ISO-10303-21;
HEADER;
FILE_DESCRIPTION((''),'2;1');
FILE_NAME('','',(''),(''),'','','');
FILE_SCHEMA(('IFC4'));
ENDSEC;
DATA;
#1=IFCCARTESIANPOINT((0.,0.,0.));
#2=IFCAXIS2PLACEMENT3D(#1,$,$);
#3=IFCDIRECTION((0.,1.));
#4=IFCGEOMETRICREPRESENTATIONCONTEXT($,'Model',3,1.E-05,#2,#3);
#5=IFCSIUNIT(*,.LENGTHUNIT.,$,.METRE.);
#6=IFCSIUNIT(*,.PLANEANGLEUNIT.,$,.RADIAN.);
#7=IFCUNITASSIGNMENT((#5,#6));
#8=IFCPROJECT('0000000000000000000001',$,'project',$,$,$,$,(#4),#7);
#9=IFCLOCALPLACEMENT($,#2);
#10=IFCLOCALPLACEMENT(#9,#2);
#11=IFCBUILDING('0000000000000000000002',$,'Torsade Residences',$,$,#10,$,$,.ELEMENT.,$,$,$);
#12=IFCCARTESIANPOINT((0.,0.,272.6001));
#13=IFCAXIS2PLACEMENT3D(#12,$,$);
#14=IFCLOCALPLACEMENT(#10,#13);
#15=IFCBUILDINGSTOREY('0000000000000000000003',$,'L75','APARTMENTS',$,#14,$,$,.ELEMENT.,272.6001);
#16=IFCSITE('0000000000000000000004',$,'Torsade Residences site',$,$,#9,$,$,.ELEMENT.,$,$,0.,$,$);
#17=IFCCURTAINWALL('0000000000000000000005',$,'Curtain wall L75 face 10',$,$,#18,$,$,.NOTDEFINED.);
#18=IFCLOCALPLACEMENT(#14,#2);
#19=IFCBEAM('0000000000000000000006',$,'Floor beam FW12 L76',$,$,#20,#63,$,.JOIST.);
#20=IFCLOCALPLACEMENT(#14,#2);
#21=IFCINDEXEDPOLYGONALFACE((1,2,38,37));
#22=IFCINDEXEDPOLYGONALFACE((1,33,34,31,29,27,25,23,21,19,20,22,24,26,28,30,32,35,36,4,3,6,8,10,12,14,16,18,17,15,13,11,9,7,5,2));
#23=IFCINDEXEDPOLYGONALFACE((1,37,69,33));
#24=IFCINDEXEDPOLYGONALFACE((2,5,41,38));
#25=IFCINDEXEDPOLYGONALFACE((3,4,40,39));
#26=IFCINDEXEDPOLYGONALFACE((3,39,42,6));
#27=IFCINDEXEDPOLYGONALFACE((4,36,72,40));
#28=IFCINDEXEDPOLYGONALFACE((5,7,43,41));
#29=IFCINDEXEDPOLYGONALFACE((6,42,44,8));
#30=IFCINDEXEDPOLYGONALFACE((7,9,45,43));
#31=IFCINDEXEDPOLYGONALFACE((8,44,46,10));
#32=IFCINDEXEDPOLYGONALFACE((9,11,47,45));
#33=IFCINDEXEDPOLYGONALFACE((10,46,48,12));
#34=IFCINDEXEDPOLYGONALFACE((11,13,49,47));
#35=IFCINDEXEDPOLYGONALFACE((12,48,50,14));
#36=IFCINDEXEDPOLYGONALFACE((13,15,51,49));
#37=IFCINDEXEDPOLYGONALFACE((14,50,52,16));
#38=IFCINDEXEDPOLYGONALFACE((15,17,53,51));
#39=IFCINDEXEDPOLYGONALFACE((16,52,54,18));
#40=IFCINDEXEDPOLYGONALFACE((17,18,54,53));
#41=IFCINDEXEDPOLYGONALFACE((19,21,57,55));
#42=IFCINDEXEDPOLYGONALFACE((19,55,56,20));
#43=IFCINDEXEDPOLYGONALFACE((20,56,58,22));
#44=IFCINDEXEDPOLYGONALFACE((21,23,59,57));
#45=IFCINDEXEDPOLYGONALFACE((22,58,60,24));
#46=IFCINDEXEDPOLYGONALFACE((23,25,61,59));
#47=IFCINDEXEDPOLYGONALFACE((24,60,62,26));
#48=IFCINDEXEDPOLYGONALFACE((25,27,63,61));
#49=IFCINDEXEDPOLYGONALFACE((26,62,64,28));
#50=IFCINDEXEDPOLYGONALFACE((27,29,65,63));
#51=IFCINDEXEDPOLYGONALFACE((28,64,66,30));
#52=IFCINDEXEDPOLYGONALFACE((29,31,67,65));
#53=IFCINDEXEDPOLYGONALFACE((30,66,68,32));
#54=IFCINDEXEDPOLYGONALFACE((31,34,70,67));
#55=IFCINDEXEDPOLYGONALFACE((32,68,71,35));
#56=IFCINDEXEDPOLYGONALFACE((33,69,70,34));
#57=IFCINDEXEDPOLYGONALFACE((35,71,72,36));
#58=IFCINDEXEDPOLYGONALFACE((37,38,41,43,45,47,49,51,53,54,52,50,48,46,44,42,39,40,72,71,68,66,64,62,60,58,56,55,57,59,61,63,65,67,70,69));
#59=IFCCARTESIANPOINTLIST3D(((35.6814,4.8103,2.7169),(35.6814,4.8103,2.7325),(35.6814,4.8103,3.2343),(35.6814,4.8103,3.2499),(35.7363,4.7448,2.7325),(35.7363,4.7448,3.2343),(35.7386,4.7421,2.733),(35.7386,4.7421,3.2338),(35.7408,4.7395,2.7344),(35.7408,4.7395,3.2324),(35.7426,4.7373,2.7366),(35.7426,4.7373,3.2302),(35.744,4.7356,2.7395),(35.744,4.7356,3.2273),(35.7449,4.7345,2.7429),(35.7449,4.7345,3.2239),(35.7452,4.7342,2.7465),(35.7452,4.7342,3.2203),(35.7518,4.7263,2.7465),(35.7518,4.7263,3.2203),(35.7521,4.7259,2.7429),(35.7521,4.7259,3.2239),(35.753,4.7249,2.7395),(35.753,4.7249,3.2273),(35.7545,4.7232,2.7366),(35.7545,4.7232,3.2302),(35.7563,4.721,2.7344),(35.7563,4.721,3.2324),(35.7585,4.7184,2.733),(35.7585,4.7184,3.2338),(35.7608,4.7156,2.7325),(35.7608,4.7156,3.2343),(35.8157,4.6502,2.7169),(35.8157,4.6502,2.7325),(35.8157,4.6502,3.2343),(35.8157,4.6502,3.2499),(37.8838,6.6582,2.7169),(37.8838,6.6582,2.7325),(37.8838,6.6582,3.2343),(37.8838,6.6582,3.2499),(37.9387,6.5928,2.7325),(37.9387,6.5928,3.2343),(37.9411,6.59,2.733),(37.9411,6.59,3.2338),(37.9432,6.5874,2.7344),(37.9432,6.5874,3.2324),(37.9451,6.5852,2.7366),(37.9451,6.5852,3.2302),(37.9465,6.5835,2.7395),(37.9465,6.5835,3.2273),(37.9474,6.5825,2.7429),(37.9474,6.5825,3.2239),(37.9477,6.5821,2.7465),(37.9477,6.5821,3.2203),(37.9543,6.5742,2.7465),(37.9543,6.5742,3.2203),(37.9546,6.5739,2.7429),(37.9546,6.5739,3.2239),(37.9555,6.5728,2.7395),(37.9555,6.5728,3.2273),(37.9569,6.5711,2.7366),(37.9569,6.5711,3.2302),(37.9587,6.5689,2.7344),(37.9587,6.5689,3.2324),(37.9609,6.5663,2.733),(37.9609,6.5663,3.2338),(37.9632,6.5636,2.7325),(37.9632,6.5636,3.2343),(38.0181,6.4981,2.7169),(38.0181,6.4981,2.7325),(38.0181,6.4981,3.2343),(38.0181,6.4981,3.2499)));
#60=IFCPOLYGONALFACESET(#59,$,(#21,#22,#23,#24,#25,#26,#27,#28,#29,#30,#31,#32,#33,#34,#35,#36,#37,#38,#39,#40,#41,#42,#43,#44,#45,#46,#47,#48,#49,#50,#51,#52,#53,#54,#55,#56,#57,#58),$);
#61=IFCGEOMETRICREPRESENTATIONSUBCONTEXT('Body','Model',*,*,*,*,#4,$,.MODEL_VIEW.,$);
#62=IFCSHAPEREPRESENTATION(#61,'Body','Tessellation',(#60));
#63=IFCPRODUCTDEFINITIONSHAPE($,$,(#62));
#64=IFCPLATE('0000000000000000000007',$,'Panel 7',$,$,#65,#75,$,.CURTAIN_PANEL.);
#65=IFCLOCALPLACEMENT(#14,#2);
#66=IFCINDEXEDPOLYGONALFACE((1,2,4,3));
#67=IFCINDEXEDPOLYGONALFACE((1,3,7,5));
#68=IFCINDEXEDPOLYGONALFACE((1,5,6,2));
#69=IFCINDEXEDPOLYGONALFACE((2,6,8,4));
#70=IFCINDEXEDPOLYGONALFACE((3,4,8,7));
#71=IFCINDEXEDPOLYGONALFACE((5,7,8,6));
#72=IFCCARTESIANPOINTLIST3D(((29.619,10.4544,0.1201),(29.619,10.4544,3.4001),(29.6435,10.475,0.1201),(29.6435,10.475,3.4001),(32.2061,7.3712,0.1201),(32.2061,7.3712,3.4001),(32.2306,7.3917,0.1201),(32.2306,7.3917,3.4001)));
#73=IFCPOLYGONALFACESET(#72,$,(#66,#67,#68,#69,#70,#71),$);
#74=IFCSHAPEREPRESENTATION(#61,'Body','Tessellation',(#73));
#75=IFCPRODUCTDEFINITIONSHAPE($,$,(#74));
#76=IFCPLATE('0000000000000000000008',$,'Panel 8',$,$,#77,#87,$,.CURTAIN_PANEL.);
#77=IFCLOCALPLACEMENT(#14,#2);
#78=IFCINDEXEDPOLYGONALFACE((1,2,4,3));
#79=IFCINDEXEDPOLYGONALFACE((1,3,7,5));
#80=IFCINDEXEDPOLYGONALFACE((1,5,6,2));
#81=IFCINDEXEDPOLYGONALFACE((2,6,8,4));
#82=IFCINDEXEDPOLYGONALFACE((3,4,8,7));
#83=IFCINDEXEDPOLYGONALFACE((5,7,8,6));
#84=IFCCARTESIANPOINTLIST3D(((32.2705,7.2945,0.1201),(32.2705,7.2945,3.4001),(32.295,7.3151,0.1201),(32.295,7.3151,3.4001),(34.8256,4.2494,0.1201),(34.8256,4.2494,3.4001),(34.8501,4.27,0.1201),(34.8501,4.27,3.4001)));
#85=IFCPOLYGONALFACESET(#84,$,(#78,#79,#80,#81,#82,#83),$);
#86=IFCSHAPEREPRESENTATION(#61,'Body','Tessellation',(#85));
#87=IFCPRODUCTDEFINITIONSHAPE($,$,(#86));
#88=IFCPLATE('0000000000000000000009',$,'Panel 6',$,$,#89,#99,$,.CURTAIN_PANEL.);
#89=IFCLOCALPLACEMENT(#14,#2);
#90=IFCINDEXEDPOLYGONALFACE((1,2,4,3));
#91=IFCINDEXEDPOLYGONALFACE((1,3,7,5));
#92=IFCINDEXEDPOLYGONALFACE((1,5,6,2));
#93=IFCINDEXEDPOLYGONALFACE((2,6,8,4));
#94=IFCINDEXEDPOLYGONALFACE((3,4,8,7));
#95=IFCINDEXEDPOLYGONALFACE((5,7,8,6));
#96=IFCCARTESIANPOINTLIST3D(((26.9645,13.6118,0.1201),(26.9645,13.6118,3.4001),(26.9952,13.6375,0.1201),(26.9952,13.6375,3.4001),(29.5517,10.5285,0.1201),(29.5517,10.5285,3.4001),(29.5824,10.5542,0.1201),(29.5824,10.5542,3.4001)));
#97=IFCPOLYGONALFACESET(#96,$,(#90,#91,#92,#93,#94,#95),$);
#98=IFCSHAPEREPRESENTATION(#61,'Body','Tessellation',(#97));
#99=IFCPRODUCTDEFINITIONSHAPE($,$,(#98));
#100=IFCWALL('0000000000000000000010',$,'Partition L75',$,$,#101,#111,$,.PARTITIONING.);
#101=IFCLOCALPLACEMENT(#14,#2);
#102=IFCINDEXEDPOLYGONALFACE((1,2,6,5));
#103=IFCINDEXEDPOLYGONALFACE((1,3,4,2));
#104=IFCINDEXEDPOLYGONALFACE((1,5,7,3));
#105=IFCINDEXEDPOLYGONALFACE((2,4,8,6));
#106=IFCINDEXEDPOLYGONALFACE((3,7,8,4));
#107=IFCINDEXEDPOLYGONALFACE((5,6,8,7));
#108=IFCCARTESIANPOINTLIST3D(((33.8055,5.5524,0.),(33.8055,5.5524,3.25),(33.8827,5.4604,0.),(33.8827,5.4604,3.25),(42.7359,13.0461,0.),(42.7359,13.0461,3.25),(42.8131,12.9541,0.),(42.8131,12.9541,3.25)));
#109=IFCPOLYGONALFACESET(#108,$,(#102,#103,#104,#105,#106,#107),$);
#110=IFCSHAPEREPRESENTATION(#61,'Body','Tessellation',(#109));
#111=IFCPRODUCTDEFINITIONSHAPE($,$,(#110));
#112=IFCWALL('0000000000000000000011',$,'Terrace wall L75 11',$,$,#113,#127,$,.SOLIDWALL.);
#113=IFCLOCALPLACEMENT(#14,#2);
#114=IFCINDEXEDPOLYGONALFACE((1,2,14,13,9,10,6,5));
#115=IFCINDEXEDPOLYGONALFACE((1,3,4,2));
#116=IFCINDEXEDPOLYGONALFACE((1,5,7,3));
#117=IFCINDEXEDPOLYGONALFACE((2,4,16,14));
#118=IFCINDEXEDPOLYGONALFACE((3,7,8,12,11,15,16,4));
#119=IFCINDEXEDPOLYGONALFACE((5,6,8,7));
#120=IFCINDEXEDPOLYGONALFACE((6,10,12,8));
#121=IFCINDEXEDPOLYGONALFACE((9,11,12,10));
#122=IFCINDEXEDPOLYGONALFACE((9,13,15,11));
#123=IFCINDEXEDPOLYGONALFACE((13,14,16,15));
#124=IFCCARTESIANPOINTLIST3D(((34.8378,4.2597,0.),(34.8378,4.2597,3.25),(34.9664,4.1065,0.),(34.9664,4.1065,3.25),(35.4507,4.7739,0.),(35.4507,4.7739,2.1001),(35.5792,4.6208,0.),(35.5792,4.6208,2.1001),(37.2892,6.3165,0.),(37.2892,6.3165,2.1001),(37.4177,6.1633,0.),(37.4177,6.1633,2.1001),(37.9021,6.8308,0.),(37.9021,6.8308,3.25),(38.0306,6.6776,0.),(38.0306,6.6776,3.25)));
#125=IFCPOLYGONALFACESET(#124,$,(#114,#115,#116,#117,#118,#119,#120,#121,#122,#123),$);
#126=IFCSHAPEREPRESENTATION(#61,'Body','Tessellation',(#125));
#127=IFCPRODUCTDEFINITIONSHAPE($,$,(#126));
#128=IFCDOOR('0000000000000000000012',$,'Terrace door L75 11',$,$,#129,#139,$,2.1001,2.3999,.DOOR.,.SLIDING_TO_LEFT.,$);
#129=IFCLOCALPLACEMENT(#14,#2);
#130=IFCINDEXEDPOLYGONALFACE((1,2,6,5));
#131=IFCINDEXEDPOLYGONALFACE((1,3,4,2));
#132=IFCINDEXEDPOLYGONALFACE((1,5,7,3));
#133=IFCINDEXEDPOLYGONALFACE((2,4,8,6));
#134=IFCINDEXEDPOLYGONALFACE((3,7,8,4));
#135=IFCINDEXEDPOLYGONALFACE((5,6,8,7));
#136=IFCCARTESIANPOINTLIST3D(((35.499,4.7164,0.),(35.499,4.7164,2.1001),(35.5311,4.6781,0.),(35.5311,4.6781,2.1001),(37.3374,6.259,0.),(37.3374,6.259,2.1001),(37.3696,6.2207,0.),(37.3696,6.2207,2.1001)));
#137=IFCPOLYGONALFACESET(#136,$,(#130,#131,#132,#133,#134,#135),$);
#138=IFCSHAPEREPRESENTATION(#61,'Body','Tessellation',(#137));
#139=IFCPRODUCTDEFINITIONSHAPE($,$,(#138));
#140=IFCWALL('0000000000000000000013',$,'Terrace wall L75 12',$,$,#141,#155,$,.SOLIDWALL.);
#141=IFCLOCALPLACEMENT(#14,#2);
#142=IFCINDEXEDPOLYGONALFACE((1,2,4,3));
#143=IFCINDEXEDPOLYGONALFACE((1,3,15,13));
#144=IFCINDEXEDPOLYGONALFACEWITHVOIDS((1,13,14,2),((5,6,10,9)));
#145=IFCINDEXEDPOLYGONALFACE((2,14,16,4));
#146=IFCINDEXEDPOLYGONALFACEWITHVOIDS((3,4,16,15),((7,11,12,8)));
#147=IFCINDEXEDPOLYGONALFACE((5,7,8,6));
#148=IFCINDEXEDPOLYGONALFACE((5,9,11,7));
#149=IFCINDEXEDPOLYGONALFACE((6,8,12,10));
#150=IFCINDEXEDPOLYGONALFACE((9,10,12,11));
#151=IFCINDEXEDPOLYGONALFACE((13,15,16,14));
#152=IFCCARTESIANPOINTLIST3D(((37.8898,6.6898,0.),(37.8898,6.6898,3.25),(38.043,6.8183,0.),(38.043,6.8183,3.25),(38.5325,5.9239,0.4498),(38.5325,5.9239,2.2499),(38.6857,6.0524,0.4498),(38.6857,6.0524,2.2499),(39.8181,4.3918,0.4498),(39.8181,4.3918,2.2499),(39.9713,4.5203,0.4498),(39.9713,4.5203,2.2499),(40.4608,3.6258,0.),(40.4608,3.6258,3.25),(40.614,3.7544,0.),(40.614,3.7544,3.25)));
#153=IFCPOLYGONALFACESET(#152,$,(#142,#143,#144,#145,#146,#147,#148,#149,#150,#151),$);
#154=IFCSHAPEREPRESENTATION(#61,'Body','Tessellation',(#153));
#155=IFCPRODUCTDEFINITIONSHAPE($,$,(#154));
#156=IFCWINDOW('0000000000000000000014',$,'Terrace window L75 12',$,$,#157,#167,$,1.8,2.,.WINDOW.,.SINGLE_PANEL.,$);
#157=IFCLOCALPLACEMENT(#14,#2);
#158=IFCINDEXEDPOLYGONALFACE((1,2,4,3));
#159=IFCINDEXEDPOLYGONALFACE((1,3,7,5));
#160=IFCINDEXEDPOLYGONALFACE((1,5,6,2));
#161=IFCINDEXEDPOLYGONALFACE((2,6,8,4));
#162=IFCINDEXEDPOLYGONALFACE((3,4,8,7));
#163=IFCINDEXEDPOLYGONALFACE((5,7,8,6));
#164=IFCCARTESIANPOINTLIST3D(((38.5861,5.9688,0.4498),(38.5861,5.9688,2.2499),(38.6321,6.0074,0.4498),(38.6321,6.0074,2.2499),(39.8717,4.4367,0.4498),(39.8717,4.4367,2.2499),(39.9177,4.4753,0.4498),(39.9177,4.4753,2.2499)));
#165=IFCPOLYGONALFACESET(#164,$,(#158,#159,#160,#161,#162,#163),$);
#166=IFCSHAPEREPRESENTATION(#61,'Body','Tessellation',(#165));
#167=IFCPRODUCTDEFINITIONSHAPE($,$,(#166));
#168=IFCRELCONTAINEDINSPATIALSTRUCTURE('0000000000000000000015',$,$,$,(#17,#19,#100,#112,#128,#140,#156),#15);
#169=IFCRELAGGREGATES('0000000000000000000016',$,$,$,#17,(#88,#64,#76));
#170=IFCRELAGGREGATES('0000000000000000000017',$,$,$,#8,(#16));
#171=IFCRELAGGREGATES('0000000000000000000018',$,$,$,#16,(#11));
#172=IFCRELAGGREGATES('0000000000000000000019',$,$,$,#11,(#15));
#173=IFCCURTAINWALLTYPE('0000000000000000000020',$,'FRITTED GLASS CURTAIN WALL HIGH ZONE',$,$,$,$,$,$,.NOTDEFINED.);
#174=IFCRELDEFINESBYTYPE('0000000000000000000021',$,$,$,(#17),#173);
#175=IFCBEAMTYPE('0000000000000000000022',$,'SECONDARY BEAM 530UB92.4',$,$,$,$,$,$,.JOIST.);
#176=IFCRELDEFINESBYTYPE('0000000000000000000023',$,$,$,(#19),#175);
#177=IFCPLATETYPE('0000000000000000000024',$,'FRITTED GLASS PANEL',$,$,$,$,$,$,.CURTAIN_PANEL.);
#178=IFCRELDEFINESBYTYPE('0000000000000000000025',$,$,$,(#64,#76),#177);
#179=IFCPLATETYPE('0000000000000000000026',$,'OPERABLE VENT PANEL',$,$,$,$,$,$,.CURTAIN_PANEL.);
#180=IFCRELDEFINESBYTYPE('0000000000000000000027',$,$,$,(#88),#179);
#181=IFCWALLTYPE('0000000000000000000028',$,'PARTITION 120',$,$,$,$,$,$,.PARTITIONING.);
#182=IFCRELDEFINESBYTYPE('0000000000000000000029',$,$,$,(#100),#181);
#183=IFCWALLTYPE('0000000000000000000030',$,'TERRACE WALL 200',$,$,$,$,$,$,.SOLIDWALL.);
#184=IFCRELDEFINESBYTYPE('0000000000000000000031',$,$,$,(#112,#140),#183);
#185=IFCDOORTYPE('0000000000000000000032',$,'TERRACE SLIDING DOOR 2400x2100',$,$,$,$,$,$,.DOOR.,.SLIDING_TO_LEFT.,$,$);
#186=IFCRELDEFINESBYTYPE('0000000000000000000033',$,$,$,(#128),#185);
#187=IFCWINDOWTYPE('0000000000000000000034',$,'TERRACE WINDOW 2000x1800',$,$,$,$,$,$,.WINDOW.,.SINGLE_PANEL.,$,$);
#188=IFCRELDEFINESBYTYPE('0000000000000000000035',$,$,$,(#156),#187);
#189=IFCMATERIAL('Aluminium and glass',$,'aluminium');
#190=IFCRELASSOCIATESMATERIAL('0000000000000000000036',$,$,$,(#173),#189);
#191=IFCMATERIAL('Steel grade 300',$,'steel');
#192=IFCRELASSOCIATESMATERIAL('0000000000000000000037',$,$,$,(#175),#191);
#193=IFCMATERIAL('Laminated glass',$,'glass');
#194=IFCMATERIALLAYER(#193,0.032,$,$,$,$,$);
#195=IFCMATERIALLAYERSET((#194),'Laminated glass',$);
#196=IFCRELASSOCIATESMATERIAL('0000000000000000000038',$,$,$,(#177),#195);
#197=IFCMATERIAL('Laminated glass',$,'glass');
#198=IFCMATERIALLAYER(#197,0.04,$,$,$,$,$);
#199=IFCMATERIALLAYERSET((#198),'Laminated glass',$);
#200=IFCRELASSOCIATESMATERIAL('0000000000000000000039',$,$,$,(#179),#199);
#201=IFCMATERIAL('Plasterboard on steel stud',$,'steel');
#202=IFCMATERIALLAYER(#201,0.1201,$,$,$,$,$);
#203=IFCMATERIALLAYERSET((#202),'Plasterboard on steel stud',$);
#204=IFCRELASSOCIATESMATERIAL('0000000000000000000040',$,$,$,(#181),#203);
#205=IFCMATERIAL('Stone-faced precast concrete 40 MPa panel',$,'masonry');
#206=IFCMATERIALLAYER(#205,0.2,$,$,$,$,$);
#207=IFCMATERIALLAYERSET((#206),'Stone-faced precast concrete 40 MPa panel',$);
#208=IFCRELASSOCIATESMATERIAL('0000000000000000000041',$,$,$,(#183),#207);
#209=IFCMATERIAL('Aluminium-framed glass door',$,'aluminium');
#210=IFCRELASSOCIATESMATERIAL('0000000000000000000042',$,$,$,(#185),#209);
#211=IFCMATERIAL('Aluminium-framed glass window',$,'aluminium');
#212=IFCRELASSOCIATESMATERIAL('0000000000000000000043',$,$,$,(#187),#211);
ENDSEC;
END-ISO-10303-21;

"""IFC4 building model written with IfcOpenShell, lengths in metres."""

from ifc_helpers import new_model, si_unit, direction, frame, frame_2d, origin, origin_2d, place, context, subcontext, project, spatial, rectangle, i_section, extrude, material, layer, layer_set, material_profile, profile_set, type_object, element, fill, aggregate, save


model = new_model("IFC4")

# Units and contexts
model_context = context("Model", 3, precision=1e-05, world=origin(), true_north=direction((0.0, 1.0)))
body_context = subcontext(model_context, "Body", "Model", "MODEL_VIEW")
ifc_project = project(units=[si_unit("LENGTHUNIT", "METRE"), si_unit("PLANEANGLEUNIT", "RADIAN")], contexts=[model_context])

# Site, building, storey
site_placement = place(None, origin())
site = spatial("IfcSite", under=ifc_project, at=site_placement, Name="Torsade Residences site", CompositionType="ELEMENT", RefElevation=0.0)
building_placement = place(site_placement, origin())
building = spatial("IfcBuilding", under=site, at=building_placement, Name="Torsade Residences", CompositionType="ELEMENT")
storey_placement = place(building_placement, frame((0.0, 0.0, 272.6001)))
storey = spatial("IfcBuildingStorey", under=building, at=storey_placement, Name="L75", Description="APARTMENTS", CompositionType="ELEMENT", Elevation=272.6001)

# Curtain wall
ifc_material_1 = material(Name="Aluminium and glass", Category="aluminium")
curtain_wall_type = type_object("IfcCurtainWallType", Name="FRITTED GLASS CURTAIN WALL HIGH ZONE", PredefinedType="NOTDEFINED", material=ifc_material_1)
curtain_wall_placement = place(storey_placement, origin())
curtain_wall = element("IfcCurtainWall", 1, at=curtain_wall_placement, inside=storey, type_object=curtain_wall_type, Name="Curtain wall L75 face 10", PredefinedType="NOTDEFINED")

# Beam
ifc_material_2 = material(Name="Steel grade 300", Category="steel")
ifc_material_profile_1 = material_profile(ifc_material_2, i_section(OverallWidth=0.209, OverallDepth=0.533, WebThickness=0.0103, FlangeThickness=0.0156, FilletRadius=0.0139, at=origin_2d()), Name="530UB92.4")
ifc_profile_set_1 = profile_set([ifc_material_profile_1], Name="Steel grade 300")
beam_type_1 = type_object("IfcBeamType", Name="SECONDARY BEAM 530UB92.4", PredefinedType="JOIST", material=ifc_profile_set_1)
beam_1_placement = place(storey_placement, frame((35.7485, 4.7302, 2.9834), z_axis=(0.766066, 0.642762, 0.0), x_axis=(-0.642762, 0.766066, 0.0)))
element("IfcBeam", 2, at=beam_1_placement, inside=storey, type_object=beam_type_1, Name="Floor beam FW12 L76", PredefinedType="JOIST", context=body_context, shape_type="SweptSolid", body=[
    extrude(i_section(OverallWidth=0.209, OverallDepth=0.533, WebThickness=0.0103, FlangeThickness=0.0156, FilletRadius=0.0139, at=origin_2d()), origin(), (0.0, 0.0, 1.0), 2.875),
])

# Plates
ifc_material_3 = material(Name="Laminated glass", Category="glass")
ifc_layer_1 = layer(ifc_material_3, 0.032)
ifc_layer_set_1 = layer_set([ifc_layer_1], Name="Laminated glass")
plate_type_1 = type_object("IfcPlateType", Name="FRITTED GLASS PANEL", PredefinedType="CURTAIN_PANEL", material=ifc_layer_set_1)
plate_1_placement = place(storey_placement, frame((30.9248, 8.9231, 0.1201), z_axis=(0.0, 0.0, 1.0), x_axis=(0.642788, -0.766044, 0.0)))
plate_1 = element("IfcPlate", 3, at=plate_1_placement, type_object=plate_type_1, Name="Panel 7", PredefinedType="CURTAIN_PANEL", context=body_context, shape_type="SweptSolid", body=[
    extrude(rectangle(XDim=4.0249, YDim=0.032, at=origin_2d()), origin(), (0.0, 0.0, 1.0), 3.28),
])
plate_2_placement = place(storey_placement, frame((33.5603, 5.7822, 0.1201), z_axis=(0.0, 0.0, 1.0), x_axis=(0.642788, -0.766044, 0.0)))
plate_2 = element("IfcPlate", 4, at=plate_2_placement, type_object=plate_type_1, Name="Panel 8", PredefinedType="CURTAIN_PANEL", context=body_context, shape_type="SweptSolid", body=[
    extrude(rectangle(XDim=3.9751, YDim=0.032, at=origin_2d()), origin(), (0.0, 0.0, 1.0), 3.28),
])
ifc_material_4 = material(Name="Laminated glass", Category="glass")
ifc_layer_2 = layer(ifc_material_4, 0.04)
ifc_layer_set_2 = layer_set([ifc_layer_2], Name="Laminated glass")
plate_type_2 = type_object("IfcPlateType", Name="OPERABLE VENT PANEL", PredefinedType="CURTAIN_PANEL", material=ifc_layer_set_2)
plate_3_placement = place(storey_placement, frame((28.2734, 12.083, 0.1201), z_axis=(0.0, 0.0, 1.0), x_axis=(0.642788, -0.766044, 0.0)))
plate_3 = element("IfcPlate", 5, at=plate_3_placement, type_object=plate_type_2, Name="Panel 6", PredefinedType="CURTAIN_PANEL", context=body_context, shape_type="SweptSolid", body=[
    extrude(rectangle(XDim=4.0249, YDim=0.04, at=origin_2d()), origin(), (0.0, 0.0, 1.0), 3.28),
])
aggregate(curtain_wall, [plate_3, plate_1, plate_2])

# Wall
ifc_material_5 = material(Name="Plasterboard on steel stud", Category="steel")
ifc_layer_3 = layer(ifc_material_5, 0.1201)
ifc_layer_set_3 = layer_set([ifc_layer_3], Name="Plasterboard on steel stud")
wall_type_1 = type_object("IfcWallType", Name="PARTITION 120", PredefinedType="PARTITIONING", material=ifc_layer_set_3)
wall_1_placement = place(storey_placement, frame((33.844, 5.5063, 0.0), z_axis=(0.0, 0.0, 1.0), x_axis=(0.766039, 0.642795, 0.0)))
element("IfcWall", 6, at=wall_1_placement, inside=storey, type_object=wall_type_1, Name="Partition L75", PredefinedType="PARTITIONING", context=body_context, shape_type="SweptSolid", body=[
    extrude(rectangle(XDim=11.658, YDim=0.1201, at=frame_2d((5.8291, 0.0))), origin(), (0.0, 0.0, 1.0), 3.25),
])

# Wall, opening, door
ifc_material_6 = material(Name="Stone-faced precast concrete 40 MPa panel", Category="masonry")
ifc_layer_4 = layer(ifc_material_6, 0.2)
ifc_layer_set_4 = layer_set([ifc_layer_4], Name="Stone-faced precast concrete 40 MPa panel")
wall_type_2 = type_object("IfcWallType", Name="TERRACE WALL 200", PredefinedType="SOLIDWALL", material=ifc_layer_set_4)
wall_2_placement = place(storey_placement, frame((34.9021, 4.1831, 0.0), z_axis=(0.0, 0.0, 1.0), x_axis=(0.766061, 0.642768, 0.0)))
wall_2 = element("IfcWall", 7, at=wall_2_placement, inside=storey, type_object=wall_type_2, Name="Terrace wall L75 11", PredefinedType="SOLIDWALL", context=body_context, shape_type="SweptSolid", body=[
    extrude(rectangle(XDim=4.0, YDim=0.2, at=frame_2d((2.0, 0.0))), origin(), (0.0, 0.0, 1.0), 3.25),
])
opening_1_placement = place(wall_2_placement, frame((0.8, 0.0, 0.0)))
opening_1 = element("IfcOpeningElement", 8, at=opening_1_placement, cuts=wall_2, PredefinedType="OPENING", context=body_context, shape_type="SweptSolid", body=[
    extrude(rectangle(XDim=2.3999, YDim=2.1001, at=frame_2d((1.2, 1.05))), frame((0.0, 0.1099, 0.0), z_axis=(0.0, -1.0, 0.0), x_axis=(1.0, 0.0, 0.0)), (0.0, 0.0, 1.0), 0.22),
])
ifc_material_7 = material(Name="Aluminium-framed glass door", Category="aluminium")
door_type = type_object("IfcDoorType", Name="TERRACE SLIDING DOOR 2400x2100", OperationType="SLIDING_TO_LEFT", PredefinedType="DOOR", material=ifc_material_7)
door_placement = place(opening_1_placement, origin())
door = element("IfcDoor", 9, at=door_placement, inside=storey, type_object=door_type, Name="Terrace door L75 11", OperationType="SLIDING_TO_LEFT", OverallHeight=2.1001, OverallWidth=2.3999, PredefinedType="DOOR", context=body_context, shape_type="SweptSolid", body=[
    extrude(rectangle(XDim=2.3999, YDim=2.1001, at=frame_2d((1.2, 1.05))), frame((0.0, 0.0249, 0.0), z_axis=(0.0, -1.0, 0.0), x_axis=(1.0, 0.0, 0.0)), (0.0, 0.0, 1.0), 0.05),
])
fill(opening_1, door)

# Wall, opening, window
wall_3_placement = place(storey_placement, frame((37.9663, 6.7542, 0.0), z_axis=(0.0, 0.0, 1.0), x_axis=(0.642798, -0.766035, 0.0)))
wall_3 = element("IfcWall", 10, at=wall_3_placement, inside=storey, type_object=wall_type_2, Name="Terrace wall L75 12", PredefinedType="SOLIDWALL", context=body_context, shape_type="SweptSolid", body=[
    extrude(rectangle(XDim=3.9998, YDim=0.2, at=frame_2d((2.0, 0.0))), origin(), (0.0, 0.0, 1.0), 3.25),
])
opening_2_placement = place(wall_3_placement, frame((1.0, 0.0, 0.45)))
opening_2 = element("IfcOpeningElement", 11, at=opening_2_placement, cuts=wall_3, PredefinedType="OPENING", context=body_context, shape_type="SweptSolid", body=[
    extrude(rectangle(XDim=2.0, YDim=1.8, at=frame_2d((1.0, 0.8999))), frame((0.0, 0.1099, 0.0), z_axis=(0.0, -1.0, 0.0), x_axis=(1.0, 0.0, 0.0)), (0.0, 0.0, 1.0), 0.22),
])
ifc_material_8 = material(Name="Aluminium-framed glass window", Category="aluminium")
window_type = type_object("IfcWindowType", Name="TERRACE WINDOW 2000x1800", PartitioningType="SINGLE_PANEL", PredefinedType="WINDOW", material=ifc_material_8)
window_placement = place(opening_2_placement, origin())
window = element("IfcWindow", 12, at=window_placement, inside=storey, type_object=window_type, Name="Terrace window L75 12", OverallHeight=1.8, OverallWidth=2.0, PartitioningType="SINGLE_PANEL", PredefinedType="WINDOW", context=body_context, shape_type="SweptSolid", body=[
    extrude(rectangle(XDim=2.0, YDim=1.8, at=frame_2d((1.0, 0.8999))), frame((0.0, 0.03, 0.0), z_axis=(0.0, -1.0, 0.0), x_axis=(1.0, 0.0, 0.0)), (0.0, 0.0, 1.0), 0.0601),
])
fill(opening_2, window)

save(model, "model.ifc")
